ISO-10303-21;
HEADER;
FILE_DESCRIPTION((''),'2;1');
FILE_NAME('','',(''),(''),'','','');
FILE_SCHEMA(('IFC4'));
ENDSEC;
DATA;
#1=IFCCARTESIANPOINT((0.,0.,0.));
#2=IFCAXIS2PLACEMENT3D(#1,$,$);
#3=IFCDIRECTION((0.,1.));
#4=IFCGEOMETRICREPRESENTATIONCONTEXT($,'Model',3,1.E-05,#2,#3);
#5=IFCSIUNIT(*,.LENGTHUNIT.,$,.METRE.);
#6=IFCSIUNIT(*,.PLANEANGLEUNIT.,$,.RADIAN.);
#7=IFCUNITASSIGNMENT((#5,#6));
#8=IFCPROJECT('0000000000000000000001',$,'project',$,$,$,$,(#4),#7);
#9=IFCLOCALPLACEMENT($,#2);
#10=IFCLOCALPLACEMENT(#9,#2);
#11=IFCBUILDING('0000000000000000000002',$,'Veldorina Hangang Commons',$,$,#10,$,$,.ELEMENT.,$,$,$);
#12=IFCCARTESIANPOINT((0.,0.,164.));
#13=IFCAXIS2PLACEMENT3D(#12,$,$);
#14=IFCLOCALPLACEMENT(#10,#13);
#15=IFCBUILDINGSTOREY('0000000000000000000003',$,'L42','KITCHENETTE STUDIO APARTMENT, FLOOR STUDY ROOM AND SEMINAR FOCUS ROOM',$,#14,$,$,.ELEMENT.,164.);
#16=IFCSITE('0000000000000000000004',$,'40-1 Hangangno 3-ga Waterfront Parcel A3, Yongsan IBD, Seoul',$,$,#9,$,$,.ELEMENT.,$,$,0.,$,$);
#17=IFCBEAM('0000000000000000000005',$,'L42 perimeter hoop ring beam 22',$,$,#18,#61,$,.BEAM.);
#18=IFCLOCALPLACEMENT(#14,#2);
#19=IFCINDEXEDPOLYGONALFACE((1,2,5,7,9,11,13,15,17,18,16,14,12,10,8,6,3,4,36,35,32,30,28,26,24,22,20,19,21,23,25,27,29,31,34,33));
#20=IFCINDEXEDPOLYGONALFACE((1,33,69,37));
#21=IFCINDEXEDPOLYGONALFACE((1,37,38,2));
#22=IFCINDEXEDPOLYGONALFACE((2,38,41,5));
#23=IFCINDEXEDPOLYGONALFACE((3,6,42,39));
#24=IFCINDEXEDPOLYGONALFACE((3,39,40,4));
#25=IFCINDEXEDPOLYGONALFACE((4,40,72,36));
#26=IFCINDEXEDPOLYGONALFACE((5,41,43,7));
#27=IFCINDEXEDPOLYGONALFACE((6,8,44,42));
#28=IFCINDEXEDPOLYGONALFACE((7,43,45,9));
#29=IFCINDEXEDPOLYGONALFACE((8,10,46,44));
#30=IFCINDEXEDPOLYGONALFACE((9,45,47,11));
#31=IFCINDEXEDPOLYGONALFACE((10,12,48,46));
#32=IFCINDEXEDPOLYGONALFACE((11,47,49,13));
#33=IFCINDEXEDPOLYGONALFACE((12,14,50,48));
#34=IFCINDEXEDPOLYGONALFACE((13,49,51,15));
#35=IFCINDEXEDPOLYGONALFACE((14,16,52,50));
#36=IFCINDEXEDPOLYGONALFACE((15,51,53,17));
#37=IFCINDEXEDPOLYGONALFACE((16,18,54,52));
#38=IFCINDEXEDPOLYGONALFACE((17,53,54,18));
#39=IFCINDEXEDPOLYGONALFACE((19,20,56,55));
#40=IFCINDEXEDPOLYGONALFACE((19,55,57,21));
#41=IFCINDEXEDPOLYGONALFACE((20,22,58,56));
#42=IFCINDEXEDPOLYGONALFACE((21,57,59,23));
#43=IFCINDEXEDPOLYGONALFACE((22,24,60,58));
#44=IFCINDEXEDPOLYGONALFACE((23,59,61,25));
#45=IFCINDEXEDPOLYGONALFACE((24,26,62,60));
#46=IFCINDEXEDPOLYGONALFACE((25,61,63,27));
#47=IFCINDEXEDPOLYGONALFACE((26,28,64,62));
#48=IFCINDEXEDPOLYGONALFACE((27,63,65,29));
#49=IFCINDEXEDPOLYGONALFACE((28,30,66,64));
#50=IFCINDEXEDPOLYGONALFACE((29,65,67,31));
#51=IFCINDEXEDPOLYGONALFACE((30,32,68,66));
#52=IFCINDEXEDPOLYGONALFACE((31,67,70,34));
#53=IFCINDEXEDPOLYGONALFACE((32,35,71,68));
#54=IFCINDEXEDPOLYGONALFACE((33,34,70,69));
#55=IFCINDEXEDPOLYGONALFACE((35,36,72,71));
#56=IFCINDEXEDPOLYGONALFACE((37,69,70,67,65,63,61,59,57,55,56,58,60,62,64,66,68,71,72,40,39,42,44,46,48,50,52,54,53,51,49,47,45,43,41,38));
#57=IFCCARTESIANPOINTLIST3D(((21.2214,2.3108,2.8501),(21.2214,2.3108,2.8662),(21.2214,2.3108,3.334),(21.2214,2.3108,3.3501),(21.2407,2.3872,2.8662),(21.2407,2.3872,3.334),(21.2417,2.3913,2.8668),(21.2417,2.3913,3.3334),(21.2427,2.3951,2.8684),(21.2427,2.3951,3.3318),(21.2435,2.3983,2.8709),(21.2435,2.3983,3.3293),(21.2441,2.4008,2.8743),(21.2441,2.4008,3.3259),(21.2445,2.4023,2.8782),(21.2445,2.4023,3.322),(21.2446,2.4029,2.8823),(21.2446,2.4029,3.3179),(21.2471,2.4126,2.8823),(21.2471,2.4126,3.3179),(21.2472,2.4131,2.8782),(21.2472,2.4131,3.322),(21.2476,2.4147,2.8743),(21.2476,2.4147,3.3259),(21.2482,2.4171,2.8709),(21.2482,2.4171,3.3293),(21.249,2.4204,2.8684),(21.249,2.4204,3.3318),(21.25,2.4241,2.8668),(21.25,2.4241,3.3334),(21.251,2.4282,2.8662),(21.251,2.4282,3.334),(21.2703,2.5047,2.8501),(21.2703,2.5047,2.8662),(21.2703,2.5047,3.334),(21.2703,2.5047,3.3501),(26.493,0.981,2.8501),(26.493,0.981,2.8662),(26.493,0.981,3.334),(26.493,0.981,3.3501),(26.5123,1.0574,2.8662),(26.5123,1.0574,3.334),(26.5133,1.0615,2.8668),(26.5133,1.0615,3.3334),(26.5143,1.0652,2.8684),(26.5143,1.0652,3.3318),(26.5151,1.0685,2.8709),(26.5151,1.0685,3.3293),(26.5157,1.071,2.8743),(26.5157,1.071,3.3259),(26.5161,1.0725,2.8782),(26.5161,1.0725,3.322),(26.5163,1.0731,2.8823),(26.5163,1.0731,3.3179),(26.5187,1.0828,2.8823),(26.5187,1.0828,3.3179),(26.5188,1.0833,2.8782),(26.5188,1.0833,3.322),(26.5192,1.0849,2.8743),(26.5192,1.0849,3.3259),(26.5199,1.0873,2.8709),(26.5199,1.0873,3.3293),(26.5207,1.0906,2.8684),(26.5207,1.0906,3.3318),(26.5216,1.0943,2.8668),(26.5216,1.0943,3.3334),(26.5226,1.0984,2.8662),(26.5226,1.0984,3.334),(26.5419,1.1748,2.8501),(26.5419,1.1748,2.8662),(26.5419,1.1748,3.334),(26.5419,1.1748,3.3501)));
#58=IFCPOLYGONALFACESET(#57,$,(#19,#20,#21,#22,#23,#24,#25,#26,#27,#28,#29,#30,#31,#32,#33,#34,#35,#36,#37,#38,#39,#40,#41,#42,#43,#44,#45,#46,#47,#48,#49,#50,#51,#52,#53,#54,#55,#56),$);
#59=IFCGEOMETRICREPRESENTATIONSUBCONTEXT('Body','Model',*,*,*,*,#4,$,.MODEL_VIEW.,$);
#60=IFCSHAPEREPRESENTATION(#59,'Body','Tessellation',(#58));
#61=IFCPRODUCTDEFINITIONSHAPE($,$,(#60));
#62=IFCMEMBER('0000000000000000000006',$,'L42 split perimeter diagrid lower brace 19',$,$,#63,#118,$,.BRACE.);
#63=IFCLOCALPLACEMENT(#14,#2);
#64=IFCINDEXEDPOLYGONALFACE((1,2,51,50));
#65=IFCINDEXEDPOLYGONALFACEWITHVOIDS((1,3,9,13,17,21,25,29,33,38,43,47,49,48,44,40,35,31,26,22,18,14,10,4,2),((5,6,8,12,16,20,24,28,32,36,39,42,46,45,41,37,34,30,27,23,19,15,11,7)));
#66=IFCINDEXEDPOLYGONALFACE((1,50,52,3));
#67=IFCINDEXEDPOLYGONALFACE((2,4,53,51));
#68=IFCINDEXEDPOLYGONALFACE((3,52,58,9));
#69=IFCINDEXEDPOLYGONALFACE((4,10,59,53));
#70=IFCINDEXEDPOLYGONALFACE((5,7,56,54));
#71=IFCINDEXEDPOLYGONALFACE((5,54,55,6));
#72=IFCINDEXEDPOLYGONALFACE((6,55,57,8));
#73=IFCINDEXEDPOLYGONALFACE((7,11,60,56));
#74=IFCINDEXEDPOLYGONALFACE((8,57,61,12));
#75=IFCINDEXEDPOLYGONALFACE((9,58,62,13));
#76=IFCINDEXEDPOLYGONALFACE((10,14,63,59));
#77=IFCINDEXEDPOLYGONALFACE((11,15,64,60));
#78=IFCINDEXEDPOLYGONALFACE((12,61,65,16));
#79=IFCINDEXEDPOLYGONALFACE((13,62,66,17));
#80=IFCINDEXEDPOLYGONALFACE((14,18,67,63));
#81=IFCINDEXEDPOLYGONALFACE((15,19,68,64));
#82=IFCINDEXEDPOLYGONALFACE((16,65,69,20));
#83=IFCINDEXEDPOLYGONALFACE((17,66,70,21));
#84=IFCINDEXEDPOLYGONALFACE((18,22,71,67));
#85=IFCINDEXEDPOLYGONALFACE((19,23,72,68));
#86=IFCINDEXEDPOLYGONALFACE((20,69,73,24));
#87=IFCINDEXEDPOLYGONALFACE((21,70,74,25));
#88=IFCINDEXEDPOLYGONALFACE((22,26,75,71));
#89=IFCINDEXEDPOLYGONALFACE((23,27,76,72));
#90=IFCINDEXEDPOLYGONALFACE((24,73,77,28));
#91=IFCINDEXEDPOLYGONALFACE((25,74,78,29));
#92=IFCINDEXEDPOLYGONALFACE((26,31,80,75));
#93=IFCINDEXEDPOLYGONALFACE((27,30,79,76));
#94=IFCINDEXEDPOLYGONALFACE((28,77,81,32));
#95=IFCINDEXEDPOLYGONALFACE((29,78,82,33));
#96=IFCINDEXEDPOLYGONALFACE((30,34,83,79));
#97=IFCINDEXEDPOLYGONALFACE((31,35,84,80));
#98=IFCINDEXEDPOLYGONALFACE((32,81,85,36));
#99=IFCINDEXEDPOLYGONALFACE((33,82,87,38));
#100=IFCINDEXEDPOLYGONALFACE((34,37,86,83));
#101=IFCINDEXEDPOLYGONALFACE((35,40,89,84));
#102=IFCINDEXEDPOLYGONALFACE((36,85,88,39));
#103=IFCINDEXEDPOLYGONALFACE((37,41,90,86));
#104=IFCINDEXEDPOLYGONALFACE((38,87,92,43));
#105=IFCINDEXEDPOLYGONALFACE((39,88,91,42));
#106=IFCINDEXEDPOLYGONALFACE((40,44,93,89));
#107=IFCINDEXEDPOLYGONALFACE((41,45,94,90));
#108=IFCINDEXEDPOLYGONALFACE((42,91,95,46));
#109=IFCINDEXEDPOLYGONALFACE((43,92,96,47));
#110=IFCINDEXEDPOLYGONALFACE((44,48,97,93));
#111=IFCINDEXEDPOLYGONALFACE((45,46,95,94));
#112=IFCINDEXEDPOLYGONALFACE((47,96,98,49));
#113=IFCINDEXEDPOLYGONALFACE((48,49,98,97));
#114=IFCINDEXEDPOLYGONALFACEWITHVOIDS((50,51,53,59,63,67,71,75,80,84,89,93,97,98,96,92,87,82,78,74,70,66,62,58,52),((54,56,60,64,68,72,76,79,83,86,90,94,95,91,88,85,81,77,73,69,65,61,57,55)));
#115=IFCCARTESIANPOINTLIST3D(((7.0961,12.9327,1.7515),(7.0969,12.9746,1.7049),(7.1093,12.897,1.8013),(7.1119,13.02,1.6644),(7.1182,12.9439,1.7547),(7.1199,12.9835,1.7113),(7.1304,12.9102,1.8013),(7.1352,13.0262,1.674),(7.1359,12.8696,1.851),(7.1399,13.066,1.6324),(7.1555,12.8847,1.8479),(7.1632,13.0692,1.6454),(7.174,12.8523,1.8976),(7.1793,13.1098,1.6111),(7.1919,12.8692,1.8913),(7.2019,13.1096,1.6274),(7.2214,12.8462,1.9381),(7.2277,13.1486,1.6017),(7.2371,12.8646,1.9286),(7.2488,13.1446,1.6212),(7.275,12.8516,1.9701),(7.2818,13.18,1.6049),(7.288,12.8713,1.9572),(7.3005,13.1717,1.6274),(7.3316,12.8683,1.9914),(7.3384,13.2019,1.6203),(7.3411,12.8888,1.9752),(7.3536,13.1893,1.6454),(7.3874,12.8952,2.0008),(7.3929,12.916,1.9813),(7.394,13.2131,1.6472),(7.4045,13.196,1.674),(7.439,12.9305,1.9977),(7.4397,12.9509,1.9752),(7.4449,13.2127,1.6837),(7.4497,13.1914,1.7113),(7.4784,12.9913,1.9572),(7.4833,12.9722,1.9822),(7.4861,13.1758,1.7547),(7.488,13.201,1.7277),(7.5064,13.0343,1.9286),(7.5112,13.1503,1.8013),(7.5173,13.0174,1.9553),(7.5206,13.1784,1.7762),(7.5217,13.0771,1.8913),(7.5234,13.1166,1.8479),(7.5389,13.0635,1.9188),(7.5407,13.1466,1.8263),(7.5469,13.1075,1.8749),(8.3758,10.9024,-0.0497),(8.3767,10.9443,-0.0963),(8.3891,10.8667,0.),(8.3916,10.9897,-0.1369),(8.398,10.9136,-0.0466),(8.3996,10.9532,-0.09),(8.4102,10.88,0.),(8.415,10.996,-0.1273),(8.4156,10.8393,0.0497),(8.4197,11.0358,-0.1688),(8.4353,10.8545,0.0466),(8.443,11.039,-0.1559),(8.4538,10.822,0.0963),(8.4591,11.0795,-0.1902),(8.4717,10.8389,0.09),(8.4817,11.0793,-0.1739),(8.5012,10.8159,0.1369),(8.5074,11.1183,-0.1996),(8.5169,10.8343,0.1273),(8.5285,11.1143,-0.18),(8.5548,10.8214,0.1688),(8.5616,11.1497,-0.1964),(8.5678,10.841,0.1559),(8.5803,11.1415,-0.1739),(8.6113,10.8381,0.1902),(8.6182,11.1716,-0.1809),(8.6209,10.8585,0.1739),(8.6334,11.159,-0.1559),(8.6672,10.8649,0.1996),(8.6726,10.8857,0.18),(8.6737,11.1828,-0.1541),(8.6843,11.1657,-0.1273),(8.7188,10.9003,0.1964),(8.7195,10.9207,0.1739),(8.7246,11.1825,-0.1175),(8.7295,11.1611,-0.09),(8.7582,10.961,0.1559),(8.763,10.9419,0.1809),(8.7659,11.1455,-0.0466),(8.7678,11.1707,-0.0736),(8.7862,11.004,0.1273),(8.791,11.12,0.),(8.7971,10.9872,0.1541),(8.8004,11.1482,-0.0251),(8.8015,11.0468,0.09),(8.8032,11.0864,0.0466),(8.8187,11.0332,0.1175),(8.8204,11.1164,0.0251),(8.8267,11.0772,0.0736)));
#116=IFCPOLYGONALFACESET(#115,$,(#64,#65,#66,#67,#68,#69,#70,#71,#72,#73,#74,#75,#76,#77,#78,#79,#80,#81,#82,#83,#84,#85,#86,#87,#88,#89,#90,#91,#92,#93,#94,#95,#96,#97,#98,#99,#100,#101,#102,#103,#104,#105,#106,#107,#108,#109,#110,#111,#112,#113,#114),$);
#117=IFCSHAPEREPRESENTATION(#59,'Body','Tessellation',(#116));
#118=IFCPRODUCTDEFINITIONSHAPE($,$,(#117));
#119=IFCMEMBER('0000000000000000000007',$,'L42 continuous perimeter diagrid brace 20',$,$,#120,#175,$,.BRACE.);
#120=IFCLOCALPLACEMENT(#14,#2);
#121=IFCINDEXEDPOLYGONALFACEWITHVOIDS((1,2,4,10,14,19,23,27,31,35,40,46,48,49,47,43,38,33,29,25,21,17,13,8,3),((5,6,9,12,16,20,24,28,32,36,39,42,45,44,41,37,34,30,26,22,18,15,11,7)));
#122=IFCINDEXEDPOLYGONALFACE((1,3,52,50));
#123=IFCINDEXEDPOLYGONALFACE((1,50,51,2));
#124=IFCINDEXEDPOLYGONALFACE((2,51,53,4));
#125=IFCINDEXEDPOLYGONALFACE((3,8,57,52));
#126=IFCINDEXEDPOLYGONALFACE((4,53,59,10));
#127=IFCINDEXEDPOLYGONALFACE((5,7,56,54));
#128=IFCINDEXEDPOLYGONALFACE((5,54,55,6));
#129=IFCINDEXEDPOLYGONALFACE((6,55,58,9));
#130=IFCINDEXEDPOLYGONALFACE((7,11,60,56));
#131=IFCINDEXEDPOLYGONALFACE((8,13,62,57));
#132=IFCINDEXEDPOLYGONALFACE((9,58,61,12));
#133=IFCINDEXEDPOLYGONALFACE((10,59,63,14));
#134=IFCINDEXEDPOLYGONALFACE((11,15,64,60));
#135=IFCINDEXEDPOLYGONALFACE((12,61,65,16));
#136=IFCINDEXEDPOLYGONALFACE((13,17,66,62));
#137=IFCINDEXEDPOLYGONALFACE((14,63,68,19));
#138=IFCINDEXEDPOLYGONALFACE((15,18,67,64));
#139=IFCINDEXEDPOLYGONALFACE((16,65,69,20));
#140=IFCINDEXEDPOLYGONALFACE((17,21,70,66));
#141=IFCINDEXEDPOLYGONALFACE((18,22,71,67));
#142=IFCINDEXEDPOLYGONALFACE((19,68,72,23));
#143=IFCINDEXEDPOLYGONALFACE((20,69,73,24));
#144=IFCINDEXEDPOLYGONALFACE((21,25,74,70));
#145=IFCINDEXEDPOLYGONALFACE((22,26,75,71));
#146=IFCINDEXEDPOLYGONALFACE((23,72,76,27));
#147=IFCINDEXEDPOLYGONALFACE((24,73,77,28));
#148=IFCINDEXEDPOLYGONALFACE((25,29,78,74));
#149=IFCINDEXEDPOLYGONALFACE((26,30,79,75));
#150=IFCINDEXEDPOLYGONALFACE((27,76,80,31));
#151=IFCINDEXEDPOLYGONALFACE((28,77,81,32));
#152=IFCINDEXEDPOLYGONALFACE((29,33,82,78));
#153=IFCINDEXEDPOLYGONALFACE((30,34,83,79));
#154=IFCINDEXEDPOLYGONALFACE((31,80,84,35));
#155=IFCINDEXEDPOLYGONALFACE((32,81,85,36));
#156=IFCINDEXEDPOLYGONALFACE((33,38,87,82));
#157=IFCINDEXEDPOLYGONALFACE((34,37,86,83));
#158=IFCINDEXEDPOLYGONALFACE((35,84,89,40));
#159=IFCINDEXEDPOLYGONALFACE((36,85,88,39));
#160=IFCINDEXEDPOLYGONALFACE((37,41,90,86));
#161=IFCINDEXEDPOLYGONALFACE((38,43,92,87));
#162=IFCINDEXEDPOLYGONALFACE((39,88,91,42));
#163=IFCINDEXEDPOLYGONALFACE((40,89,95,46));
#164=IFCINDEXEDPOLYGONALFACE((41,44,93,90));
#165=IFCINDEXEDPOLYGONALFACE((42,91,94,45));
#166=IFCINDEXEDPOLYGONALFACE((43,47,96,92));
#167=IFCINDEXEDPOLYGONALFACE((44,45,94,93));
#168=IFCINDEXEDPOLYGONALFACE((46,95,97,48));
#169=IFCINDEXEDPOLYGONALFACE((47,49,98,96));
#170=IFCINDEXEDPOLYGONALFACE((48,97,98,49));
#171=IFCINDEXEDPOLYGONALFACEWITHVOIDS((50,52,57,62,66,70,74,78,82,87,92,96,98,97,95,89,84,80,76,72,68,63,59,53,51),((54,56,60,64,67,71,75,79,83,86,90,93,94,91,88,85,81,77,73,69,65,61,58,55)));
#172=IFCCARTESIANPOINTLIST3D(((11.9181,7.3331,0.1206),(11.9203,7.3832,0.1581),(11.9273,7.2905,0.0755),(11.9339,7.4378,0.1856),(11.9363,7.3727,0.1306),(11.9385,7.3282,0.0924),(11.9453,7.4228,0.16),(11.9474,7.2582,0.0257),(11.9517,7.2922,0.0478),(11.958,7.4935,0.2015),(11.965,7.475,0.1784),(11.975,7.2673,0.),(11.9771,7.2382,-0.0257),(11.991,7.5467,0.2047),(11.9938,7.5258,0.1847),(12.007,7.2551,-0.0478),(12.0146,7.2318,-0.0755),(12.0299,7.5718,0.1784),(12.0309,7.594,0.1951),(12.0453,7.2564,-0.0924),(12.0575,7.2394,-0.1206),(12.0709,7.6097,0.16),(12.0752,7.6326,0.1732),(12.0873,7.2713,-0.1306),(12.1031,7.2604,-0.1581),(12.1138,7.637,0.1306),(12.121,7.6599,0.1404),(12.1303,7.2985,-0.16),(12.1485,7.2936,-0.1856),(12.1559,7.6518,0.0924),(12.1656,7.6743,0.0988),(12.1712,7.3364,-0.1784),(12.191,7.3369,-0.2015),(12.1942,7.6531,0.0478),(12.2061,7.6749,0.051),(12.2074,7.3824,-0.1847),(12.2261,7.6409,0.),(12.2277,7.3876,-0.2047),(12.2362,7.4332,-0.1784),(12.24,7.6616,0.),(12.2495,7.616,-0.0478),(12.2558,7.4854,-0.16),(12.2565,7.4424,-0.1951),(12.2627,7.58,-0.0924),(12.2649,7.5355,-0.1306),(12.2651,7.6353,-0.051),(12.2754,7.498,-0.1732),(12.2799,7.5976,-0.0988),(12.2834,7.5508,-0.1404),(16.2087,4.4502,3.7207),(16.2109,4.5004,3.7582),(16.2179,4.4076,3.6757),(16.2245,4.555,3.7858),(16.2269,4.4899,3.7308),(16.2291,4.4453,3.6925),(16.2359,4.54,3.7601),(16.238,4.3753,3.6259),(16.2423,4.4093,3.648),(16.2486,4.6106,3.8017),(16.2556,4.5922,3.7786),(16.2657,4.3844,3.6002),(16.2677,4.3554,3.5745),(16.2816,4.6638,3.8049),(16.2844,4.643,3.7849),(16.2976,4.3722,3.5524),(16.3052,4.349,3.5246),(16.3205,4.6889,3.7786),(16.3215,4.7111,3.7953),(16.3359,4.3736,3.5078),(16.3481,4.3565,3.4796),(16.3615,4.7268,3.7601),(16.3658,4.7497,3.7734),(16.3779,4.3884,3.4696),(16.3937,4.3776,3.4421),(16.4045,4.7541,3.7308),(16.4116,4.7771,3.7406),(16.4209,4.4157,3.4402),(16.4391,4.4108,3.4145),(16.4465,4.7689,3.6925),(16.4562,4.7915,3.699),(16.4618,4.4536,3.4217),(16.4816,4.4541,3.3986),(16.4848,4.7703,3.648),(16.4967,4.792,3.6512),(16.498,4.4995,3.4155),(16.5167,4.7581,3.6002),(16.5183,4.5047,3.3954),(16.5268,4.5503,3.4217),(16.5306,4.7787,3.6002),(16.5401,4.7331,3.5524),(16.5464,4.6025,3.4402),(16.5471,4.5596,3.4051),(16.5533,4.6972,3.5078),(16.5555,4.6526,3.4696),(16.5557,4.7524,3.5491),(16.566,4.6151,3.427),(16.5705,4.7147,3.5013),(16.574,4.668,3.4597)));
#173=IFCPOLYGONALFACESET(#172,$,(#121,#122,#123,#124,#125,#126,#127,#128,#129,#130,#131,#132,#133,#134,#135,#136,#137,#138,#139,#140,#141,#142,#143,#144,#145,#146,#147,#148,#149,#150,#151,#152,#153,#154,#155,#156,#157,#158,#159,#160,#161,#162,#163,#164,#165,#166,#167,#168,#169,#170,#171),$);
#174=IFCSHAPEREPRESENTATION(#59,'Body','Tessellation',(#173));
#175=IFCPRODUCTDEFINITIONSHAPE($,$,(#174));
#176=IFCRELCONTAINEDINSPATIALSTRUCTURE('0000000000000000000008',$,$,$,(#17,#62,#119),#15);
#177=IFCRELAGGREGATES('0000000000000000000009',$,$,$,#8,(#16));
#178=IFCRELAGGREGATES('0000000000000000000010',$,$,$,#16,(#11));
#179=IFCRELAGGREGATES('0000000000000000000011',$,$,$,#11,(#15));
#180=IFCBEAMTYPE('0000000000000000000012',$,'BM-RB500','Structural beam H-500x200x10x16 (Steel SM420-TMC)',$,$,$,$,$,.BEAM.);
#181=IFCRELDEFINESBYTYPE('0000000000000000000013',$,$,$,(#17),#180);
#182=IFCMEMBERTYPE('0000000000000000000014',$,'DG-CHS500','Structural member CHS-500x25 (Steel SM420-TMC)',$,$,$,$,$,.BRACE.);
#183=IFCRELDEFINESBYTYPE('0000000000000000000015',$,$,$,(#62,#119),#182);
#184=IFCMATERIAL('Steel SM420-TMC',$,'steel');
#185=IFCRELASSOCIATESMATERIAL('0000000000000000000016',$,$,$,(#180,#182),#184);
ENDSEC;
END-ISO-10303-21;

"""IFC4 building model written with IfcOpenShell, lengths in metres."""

from ifc_helpers import new_model, si_unit, direction, frame, origin, origin_2d, place, context, subcontext, project, spatial, hollow_circle, i_section, extrude, material, material_profile, profile_set, type_object, element, save


model = new_model("IFC4")

# Units and contexts
model_context = context("Model", 3, precision=1e-05, world=origin(), true_north=direction((0.0, 1.0)))
body_context = subcontext(model_context, "Body", "Model", "MODEL_VIEW")
ifc_project = project(units=[si_unit("LENGTHUNIT", "METRE"), si_unit("PLANEANGLEUNIT", "RADIAN")], contexts=[model_context])

# Site, building, storey
site_placement = place(None, origin())
site = spatial("IfcSite", under=ifc_project, at=site_placement, Name="40-1 Hangangno 3-ga Waterfront Parcel A3, Yongsan IBD, Seoul", CompositionType="ELEMENT", RefElevation=0.0)
building_placement = place(site_placement, origin())
building = spatial("IfcBuilding", under=site, at=building_placement, Name="Veldorina Hangang Commons", CompositionType="ELEMENT")
storey_placement = place(building_placement, frame((0.0, 0.0, 164.0)))
storey = spatial("IfcBuildingStorey", under=building, at=storey_placement, Name="L42", Description="KITCHENETTE STUDIO APARTMENT, FLOOR STUDY ROOM AND SEMINAR FOCUS ROOM", CompositionType="ELEMENT", Elevation=164.0)

# Beam
ifc_material_1 = material(Name="Steel SM420-TMC", Category="steel")
ifc_material_profile_1 = material_profile(ifc_material_1, i_section(OverallWidth=0.2, OverallDepth=0.5, WebThickness=0.01, FlangeThickness=0.0161, FilletRadius=0.0161, at=origin_2d()), Name="H-500x200x10x16")
ifc_profile_set_1 = profile_set([ifc_material_profile_1], Name="Steel SM420-TMC")
beam_type_1 = type_object("IfcBeamType", Name="BM-RB500", Description="Structural beam H-500x200x10x16 (Steel SM420-TMC)", PredefinedType="BEAM", material=ifc_profile_set_1)
beam_1_placement = place(storey_placement, frame((21.2458, 2.4077, 3.1001), z_axis=(0.969625, -0.244595, 0.0), x_axis=(0.244595, 0.969625, 0.0)))
element("IfcBeam", 1, at=beam_1_placement, inside=storey, type_object=beam_type_1, Name="L42 perimeter hoop ring beam 22", PredefinedType="BEAM", context=body_context, shape_type="SweptSolid", body=[
    extrude(i_section(OverallWidth=0.2, OverallDepth=0.5, WebThickness=0.01, FlangeThickness=0.0161, FilletRadius=0.0161, at=origin_2d()), origin(), (0.0, 0.0, 1.0), 5.4368),
])

# Members
ifc_material_profile_2 = material_profile(ifc_material_1, hollow_circle(Radius=0.25, WallThickness=0.0249, at=origin_2d()), Name="CHS-500x25")
ifc_profile_set_2 = profile_set([ifc_material_profile_2], Name="Steel SM420-TMC")
member_type = type_object("IfcMemberType", Name="DG-CHS500", Description="Structural member CHS-500x25 (Steel SM420-TMC)", PredefinedType="BRACE", material=ifc_profile_set_2)
member_1_placement = place(storey_placement, frame((8.6006, 11.0, 0.0), z_axis=(-0.42649, 0.676591, 0.600275), x_axis=(-0.845958, -0.53325, 0.0)))
element("IfcMember", 2, at=member_1_placement, inside=storey, type_object=member_type, Name="L42 split perimeter diagrid lower brace 19", PredefinedType="BRACE", context=body_context, shape_type="SweptSolid", body=[
    extrude(hollow_circle(Radius=0.25, WallThickness=0.0249, at=origin_2d()), origin(), (0.0, 0.0, 1.0), 3.0007),
])
member_2_placement = place(storey_placement, frame((12.1006, 7.4541, 0.0), z_axis=(0.681122, -0.457647, 0.571517), x_axis=(0.557705, 0.830039, 0.0)))
element("IfcMember", 3, at=member_2_placement, inside=storey, type_object=member_type, Name="L42 continuous perimeter diagrid brace 20", PredefinedType="BRACE", context=body_context, shape_type="SweptSolid", body=[
    extrude(hollow_circle(Radius=0.25, WallThickness=0.0249, at=origin_2d()), origin(), (0.0, 0.0, 1.0), 6.2993),
])

save(model, "model.ifc")
